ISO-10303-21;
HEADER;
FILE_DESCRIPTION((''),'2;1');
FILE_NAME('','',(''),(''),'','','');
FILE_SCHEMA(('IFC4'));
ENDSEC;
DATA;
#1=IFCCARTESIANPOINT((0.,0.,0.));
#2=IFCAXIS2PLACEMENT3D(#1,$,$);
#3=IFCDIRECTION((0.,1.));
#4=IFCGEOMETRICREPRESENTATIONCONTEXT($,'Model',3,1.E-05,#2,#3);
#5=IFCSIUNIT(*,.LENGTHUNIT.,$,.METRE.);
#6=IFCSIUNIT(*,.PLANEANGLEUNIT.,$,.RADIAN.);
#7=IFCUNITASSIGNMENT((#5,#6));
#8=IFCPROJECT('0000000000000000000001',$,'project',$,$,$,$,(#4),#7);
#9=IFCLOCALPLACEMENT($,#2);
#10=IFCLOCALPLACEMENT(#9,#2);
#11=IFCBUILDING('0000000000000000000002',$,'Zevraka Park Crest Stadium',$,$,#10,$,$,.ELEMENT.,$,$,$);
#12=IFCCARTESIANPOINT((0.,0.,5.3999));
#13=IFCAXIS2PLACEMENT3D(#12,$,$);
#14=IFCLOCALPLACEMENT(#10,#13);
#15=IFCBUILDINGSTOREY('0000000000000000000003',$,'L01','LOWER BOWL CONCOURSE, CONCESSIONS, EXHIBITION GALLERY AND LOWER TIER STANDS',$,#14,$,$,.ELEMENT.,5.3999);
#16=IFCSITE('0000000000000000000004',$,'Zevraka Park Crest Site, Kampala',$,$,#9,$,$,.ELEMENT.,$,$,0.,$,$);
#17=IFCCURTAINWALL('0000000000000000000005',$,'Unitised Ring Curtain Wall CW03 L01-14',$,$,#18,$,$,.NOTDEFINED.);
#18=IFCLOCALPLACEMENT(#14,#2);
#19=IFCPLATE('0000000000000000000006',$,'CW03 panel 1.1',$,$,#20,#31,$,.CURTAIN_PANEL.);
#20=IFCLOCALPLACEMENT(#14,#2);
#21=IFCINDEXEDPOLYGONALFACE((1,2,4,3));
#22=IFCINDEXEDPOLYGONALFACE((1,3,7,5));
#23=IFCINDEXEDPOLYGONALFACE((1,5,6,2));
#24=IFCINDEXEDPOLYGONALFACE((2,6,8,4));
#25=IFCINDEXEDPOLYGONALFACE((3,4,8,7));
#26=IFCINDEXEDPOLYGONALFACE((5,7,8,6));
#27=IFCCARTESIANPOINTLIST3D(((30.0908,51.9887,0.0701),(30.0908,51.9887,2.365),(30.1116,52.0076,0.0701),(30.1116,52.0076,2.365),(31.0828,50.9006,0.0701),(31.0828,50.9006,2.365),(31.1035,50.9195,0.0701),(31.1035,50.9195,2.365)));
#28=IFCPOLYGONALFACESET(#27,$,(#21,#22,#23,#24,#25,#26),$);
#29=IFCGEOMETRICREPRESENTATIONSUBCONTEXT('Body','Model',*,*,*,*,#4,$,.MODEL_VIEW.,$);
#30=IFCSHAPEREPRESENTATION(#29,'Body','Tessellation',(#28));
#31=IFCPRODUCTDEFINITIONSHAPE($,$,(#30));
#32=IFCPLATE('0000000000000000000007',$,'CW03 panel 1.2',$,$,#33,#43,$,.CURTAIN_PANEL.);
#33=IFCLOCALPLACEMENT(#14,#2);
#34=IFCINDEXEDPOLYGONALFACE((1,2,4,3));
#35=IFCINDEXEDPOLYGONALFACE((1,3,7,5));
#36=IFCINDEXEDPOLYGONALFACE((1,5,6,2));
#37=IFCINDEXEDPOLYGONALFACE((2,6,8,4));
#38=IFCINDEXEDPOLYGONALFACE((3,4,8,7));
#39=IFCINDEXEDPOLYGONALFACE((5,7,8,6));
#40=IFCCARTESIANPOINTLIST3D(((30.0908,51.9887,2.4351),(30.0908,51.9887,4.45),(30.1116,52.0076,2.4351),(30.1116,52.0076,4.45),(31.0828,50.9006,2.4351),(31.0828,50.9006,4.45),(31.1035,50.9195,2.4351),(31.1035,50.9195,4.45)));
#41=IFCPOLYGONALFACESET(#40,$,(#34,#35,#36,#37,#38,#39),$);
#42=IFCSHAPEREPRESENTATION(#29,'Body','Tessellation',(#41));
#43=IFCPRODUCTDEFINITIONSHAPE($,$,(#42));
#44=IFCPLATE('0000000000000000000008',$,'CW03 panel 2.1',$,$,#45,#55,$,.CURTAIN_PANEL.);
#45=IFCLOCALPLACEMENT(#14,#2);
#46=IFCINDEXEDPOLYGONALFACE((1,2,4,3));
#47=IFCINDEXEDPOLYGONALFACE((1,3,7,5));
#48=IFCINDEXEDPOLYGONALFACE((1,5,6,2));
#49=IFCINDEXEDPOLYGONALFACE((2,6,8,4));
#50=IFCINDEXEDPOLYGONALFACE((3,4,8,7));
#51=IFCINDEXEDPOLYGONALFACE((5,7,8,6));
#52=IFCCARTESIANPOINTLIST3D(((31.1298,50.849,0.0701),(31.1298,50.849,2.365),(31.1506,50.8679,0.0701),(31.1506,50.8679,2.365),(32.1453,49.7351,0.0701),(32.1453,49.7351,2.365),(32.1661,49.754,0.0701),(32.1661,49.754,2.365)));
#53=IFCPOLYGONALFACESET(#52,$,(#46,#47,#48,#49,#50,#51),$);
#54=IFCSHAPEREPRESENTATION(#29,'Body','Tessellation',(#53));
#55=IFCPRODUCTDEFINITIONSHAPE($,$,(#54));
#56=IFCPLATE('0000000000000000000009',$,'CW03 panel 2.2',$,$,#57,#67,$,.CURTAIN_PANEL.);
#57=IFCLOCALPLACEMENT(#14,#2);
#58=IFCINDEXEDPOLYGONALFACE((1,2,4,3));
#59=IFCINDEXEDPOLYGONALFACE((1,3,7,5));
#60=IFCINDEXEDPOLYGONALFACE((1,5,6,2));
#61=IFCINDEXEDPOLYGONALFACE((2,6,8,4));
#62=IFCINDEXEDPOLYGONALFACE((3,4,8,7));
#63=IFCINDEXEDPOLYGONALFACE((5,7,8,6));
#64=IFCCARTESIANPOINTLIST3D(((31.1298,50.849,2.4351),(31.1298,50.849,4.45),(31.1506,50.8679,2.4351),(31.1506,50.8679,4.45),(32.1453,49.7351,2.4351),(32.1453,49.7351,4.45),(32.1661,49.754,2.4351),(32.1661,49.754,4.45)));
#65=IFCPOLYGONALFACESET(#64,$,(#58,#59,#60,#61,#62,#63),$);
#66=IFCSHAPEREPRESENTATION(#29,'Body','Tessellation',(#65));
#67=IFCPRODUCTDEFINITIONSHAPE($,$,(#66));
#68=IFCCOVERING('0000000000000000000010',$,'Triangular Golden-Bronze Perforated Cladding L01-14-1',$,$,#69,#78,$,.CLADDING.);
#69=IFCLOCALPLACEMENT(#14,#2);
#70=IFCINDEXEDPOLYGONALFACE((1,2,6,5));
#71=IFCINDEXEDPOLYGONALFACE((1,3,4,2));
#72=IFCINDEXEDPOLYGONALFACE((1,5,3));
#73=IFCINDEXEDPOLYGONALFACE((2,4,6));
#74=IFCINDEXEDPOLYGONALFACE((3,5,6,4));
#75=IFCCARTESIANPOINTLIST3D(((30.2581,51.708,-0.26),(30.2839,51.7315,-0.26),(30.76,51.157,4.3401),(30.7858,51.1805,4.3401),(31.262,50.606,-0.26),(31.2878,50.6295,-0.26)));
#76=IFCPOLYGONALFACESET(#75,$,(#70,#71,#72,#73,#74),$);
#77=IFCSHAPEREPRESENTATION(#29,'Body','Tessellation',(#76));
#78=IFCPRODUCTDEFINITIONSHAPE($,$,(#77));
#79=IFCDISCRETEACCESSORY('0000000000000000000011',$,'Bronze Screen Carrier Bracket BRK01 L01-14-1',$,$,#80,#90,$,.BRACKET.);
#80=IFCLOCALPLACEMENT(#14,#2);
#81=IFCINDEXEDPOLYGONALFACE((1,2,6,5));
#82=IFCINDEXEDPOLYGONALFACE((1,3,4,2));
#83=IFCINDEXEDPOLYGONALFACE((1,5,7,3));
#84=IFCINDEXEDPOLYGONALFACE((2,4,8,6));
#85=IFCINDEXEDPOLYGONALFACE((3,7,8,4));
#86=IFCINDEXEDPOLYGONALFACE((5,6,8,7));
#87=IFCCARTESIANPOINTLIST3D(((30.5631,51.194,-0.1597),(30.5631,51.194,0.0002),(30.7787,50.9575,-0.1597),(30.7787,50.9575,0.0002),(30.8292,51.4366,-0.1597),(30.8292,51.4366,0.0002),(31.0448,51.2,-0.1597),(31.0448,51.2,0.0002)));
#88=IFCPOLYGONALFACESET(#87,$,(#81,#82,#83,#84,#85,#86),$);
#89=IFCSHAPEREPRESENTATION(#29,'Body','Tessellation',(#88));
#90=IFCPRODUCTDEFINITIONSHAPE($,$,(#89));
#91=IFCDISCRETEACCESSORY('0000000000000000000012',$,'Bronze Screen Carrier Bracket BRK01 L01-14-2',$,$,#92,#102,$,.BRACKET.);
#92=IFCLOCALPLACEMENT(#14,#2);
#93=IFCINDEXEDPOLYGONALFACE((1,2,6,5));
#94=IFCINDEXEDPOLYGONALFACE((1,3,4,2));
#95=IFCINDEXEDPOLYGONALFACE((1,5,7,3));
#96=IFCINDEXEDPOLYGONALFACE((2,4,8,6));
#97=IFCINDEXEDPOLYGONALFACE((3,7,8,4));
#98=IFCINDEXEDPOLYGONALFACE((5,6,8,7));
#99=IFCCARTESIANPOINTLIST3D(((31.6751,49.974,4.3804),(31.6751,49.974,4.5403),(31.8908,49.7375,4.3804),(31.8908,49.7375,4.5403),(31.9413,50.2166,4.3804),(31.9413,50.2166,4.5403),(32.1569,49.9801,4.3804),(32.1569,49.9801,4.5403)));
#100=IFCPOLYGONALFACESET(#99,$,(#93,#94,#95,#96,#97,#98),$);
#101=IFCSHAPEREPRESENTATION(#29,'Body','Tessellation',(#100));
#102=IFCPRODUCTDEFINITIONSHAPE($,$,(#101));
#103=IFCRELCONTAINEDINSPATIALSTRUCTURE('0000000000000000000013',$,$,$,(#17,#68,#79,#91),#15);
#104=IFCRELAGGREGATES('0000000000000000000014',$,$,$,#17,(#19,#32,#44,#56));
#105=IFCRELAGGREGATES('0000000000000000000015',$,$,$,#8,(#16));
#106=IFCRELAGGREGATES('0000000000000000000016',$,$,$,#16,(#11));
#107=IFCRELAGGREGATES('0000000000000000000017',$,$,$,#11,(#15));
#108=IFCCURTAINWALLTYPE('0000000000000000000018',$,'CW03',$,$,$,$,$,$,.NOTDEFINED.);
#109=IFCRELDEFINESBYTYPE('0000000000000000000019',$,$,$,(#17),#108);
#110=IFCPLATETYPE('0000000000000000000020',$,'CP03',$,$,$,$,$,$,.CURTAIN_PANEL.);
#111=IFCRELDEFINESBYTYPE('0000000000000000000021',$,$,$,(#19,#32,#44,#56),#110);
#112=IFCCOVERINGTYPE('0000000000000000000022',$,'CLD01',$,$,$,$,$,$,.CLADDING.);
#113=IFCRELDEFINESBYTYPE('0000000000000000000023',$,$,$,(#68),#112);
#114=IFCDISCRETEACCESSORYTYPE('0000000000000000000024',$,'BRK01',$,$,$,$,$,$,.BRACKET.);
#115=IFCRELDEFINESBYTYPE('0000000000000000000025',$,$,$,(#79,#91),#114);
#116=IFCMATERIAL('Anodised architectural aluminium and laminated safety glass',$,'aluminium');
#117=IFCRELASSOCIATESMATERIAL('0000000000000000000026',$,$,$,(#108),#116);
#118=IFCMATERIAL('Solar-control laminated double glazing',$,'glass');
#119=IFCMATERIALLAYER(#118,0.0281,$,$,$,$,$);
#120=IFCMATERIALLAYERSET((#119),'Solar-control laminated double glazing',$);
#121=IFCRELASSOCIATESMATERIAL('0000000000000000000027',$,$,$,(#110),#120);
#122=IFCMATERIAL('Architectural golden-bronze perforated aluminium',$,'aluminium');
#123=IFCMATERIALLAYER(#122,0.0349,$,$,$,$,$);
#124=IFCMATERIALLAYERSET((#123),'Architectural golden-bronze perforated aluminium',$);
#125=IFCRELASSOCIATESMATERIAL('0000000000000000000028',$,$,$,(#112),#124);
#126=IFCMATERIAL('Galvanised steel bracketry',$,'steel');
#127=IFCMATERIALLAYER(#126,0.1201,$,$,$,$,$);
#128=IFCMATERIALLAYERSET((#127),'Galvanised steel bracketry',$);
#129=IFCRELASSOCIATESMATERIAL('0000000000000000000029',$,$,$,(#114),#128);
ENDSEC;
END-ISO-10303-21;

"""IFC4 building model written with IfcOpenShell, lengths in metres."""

from ifc_helpers import new_model, si_unit, direction, frame, origin, origin_2d, place, context, subcontext, project, spatial, polyline, rectangle, outline, extrude, material, layer, layer_set, type_object, element, aggregate, save


model = new_model("IFC4")

# Units and contexts
model_context = context("Model", 3, precision=1e-05, world=origin(), true_north=direction((0.0, 1.0)))
body_context = subcontext(model_context, "Body", "Model", "MODEL_VIEW")
ifc_project = project(units=[si_unit("LENGTHUNIT", "METRE"), si_unit("PLANEANGLEUNIT", "RADIAN")], contexts=[model_context])

# Site, building, storey
site_placement = place(None, origin())
site = spatial("IfcSite", under=ifc_project, at=site_placement, Name="Zevraka Park Crest Site, Kampala", CompositionType="ELEMENT", RefElevation=0.0)
building_placement = place(site_placement, origin())
building = spatial("IfcBuilding", under=site, at=building_placement, Name="Zevraka Park Crest Stadium", CompositionType="ELEMENT")
storey_placement = place(building_placement, frame((0.0, 0.0, 5.3999)))
storey = spatial("IfcBuildingStorey", under=building, at=storey_placement, Name="L01", Description="LOWER BOWL CONCOURSE, CONCESSIONS, EXHIBITION GALLERY AND LOWER TIER STANDS", CompositionType="ELEMENT", Elevation=5.3999)

# Curtain wall
ifc_material_1 = material(Name="Anodised architectural aluminium and laminated safety glass", Category="aluminium")
curtain_wall_type_1 = type_object("IfcCurtainWallType", Name="CW03", PredefinedType="NOTDEFINED", material=ifc_material_1)
curtain_wall_1_placement = place(storey_placement, origin())
curtain_wall_1 = element("IfcCurtainWall", 1, at=curtain_wall_1_placement, inside=storey, type_object=curtain_wall_type_1, Name="Unitised Ring Curtain Wall CW03 L01-14", PredefinedType="NOTDEFINED")

# Plates
ifc_material_2 = material(Name="Solar-control laminated double glazing", Category="glass")
ifc_layer_1 = layer(ifc_material_2, 0.0281)
ifc_layer_set_1 = layer_set([ifc_layer_1], Name="Solar-control laminated double glazing")
plate_type_1 = type_object("IfcPlateType", Name="CP03", PredefinedType="CURTAIN_PANEL", material=ifc_layer_set_1)
plate_1_placement = place(storey_placement, frame((30.5972, 51.4541, 0.0701), z_axis=(0.0, 0.0, 1.0), x_axis=(0.67368, -0.739023, 0.0)))
plate_1 = element("IfcPlate", 2, at=plate_1_placement, type_object=plate_type_1, Name="CW03 panel 1.1", PredefinedType="CURTAIN_PANEL", context=body_context, shape_type="SweptSolid", body=[
    extrude(rectangle(XDim=1.4724, YDim=0.0281, at=origin_2d()), origin(), (0.0, 0.0, 1.0), 2.2949),
])
plate_2_placement = place(storey_placement, frame((30.5972, 51.4541, 2.4351), z_axis=(0.0, 0.0, 1.0), x_axis=(0.67368, -0.739023, 0.0)))
plate_2 = element("IfcPlate", 3, at=plate_2_placement, type_object=plate_type_1, Name="CW03 panel 1.2", PredefinedType="CURTAIN_PANEL", context=body_context, shape_type="SweptSolid", body=[
    extrude(rectangle(XDim=1.4724, YDim=0.0281, at=origin_2d()), origin(), (0.0, 0.0, 1.0), 2.0149),
])
plate_3_placement = place(storey_placement, frame((31.6479, 50.3015, 0.0701), z_axis=(0.0, 0.0, 1.0), x_axis=(0.67368, -0.739023, 0.0)))
plate_3 = element("IfcPlate", 4, at=plate_3_placement, type_object=plate_type_1, Name="CW03 panel 2.1", PredefinedType="CURTAIN_PANEL", context=body_context, shape_type="SweptSolid", body=[
    extrude(rectangle(XDim=1.5073, YDim=0.0281, at=origin_2d()), origin(), (0.0, 0.0, 1.0), 2.2949),
])
plate_4_placement = place(storey_placement, frame((31.6479, 50.3015, 2.4351), z_axis=(0.0, 0.0, 1.0), x_axis=(0.67368, -0.739023, 0.0)))
plate_4 = element("IfcPlate", 5, at=plate_4_placement, type_object=plate_type_1, Name="CW03 panel 2.2", PredefinedType="CURTAIN_PANEL", context=body_context, shape_type="SweptSolid", body=[
    extrude(rectangle(XDim=1.5073, YDim=0.0281, at=origin_2d()), origin(), (0.0, 0.0, 1.0), 2.0149),
])
aggregate(curtain_wall_1, [plate_1, plate_2, plate_3, plate_4])

# Covering
ifc_material_3 = material(Name="Architectural golden-bronze perforated aluminium", Category="aluminium")
ifc_layer_2 = layer(ifc_material_3, 0.0349)
ifc_layer_set_2 = layer_set([ifc_layer_2], Name="Architectural golden-bronze perforated aluminium")
covering_type = type_object("IfcCoveringType", Name="CLD01", PredefinedType="CLADDING", material=ifc_layer_set_2)
covering_placement = place(storey_placement, frame((30.2581, 51.708, -0.26), z_axis=(-0.739258, -0.673422, 0.0), x_axis=(0.673422, -0.739258, 0.0)))
element("IfcCovering", 6, at=covering_placement, inside=storey, type_object=covering_type, Name="Triangular Golden-Bronze Perforated Cladding L01-14-1", PredefinedType="CLADDING", context=body_context, shape_type="SweptSolid", body=[
    extrude(outline(polyline([(0.0, 0.0), (1.4908, 0.0), (0.7454, 4.6001), (0.0, 0.0)])), origin(), (0.0, 0.0, -1.0), 0.0349),
])

# Discrete accessories
ifc_material_4 = material(Name="Galvanised steel bracketry", Category="steel")
ifc_layer_3 = layer(ifc_material_4, 0.1201)
ifc_layer_set_3 = layer_set([ifc_layer_3], Name="Galvanised steel bracketry")
discrete_accessory_type = type_object("IfcDiscreteAccessoryType", Name="BRK01", PredefinedType="BRACKET", material=ifc_layer_set_3)
for number, where, z_axis, x_axis, name in (
    (7, (30.804, 51.197, -0.1597), (0.0, 0.0, 1.0), (0.673658, -0.739043, 0.0), "Bronze Screen Carrier Bracket BRK01 L01-14-1"),
    (8, (31.916, 49.9771, 4.3804), (0.0, 0.0, 1.0), (0.673658, -0.739043, 0.0), "Bronze Screen Carrier Bracket BRK01 L01-14-2"),
):
    element("IfcDiscreteAccessory", number, at=place(storey_placement, frame(where, z_axis=z_axis, x_axis=x_axis)), inside=storey, type_object=discrete_accessory_type, Name=name, PredefinedType="BRACKET", context=body_context, shape_type="SweptSolid", body=[
        extrude(rectangle(XDim=0.3201, YDim=0.3601, at=origin_2d()), origin(), (0.0, 0.0, 1.0), 0.1599),
    ])

save(model, "model.ifc")
